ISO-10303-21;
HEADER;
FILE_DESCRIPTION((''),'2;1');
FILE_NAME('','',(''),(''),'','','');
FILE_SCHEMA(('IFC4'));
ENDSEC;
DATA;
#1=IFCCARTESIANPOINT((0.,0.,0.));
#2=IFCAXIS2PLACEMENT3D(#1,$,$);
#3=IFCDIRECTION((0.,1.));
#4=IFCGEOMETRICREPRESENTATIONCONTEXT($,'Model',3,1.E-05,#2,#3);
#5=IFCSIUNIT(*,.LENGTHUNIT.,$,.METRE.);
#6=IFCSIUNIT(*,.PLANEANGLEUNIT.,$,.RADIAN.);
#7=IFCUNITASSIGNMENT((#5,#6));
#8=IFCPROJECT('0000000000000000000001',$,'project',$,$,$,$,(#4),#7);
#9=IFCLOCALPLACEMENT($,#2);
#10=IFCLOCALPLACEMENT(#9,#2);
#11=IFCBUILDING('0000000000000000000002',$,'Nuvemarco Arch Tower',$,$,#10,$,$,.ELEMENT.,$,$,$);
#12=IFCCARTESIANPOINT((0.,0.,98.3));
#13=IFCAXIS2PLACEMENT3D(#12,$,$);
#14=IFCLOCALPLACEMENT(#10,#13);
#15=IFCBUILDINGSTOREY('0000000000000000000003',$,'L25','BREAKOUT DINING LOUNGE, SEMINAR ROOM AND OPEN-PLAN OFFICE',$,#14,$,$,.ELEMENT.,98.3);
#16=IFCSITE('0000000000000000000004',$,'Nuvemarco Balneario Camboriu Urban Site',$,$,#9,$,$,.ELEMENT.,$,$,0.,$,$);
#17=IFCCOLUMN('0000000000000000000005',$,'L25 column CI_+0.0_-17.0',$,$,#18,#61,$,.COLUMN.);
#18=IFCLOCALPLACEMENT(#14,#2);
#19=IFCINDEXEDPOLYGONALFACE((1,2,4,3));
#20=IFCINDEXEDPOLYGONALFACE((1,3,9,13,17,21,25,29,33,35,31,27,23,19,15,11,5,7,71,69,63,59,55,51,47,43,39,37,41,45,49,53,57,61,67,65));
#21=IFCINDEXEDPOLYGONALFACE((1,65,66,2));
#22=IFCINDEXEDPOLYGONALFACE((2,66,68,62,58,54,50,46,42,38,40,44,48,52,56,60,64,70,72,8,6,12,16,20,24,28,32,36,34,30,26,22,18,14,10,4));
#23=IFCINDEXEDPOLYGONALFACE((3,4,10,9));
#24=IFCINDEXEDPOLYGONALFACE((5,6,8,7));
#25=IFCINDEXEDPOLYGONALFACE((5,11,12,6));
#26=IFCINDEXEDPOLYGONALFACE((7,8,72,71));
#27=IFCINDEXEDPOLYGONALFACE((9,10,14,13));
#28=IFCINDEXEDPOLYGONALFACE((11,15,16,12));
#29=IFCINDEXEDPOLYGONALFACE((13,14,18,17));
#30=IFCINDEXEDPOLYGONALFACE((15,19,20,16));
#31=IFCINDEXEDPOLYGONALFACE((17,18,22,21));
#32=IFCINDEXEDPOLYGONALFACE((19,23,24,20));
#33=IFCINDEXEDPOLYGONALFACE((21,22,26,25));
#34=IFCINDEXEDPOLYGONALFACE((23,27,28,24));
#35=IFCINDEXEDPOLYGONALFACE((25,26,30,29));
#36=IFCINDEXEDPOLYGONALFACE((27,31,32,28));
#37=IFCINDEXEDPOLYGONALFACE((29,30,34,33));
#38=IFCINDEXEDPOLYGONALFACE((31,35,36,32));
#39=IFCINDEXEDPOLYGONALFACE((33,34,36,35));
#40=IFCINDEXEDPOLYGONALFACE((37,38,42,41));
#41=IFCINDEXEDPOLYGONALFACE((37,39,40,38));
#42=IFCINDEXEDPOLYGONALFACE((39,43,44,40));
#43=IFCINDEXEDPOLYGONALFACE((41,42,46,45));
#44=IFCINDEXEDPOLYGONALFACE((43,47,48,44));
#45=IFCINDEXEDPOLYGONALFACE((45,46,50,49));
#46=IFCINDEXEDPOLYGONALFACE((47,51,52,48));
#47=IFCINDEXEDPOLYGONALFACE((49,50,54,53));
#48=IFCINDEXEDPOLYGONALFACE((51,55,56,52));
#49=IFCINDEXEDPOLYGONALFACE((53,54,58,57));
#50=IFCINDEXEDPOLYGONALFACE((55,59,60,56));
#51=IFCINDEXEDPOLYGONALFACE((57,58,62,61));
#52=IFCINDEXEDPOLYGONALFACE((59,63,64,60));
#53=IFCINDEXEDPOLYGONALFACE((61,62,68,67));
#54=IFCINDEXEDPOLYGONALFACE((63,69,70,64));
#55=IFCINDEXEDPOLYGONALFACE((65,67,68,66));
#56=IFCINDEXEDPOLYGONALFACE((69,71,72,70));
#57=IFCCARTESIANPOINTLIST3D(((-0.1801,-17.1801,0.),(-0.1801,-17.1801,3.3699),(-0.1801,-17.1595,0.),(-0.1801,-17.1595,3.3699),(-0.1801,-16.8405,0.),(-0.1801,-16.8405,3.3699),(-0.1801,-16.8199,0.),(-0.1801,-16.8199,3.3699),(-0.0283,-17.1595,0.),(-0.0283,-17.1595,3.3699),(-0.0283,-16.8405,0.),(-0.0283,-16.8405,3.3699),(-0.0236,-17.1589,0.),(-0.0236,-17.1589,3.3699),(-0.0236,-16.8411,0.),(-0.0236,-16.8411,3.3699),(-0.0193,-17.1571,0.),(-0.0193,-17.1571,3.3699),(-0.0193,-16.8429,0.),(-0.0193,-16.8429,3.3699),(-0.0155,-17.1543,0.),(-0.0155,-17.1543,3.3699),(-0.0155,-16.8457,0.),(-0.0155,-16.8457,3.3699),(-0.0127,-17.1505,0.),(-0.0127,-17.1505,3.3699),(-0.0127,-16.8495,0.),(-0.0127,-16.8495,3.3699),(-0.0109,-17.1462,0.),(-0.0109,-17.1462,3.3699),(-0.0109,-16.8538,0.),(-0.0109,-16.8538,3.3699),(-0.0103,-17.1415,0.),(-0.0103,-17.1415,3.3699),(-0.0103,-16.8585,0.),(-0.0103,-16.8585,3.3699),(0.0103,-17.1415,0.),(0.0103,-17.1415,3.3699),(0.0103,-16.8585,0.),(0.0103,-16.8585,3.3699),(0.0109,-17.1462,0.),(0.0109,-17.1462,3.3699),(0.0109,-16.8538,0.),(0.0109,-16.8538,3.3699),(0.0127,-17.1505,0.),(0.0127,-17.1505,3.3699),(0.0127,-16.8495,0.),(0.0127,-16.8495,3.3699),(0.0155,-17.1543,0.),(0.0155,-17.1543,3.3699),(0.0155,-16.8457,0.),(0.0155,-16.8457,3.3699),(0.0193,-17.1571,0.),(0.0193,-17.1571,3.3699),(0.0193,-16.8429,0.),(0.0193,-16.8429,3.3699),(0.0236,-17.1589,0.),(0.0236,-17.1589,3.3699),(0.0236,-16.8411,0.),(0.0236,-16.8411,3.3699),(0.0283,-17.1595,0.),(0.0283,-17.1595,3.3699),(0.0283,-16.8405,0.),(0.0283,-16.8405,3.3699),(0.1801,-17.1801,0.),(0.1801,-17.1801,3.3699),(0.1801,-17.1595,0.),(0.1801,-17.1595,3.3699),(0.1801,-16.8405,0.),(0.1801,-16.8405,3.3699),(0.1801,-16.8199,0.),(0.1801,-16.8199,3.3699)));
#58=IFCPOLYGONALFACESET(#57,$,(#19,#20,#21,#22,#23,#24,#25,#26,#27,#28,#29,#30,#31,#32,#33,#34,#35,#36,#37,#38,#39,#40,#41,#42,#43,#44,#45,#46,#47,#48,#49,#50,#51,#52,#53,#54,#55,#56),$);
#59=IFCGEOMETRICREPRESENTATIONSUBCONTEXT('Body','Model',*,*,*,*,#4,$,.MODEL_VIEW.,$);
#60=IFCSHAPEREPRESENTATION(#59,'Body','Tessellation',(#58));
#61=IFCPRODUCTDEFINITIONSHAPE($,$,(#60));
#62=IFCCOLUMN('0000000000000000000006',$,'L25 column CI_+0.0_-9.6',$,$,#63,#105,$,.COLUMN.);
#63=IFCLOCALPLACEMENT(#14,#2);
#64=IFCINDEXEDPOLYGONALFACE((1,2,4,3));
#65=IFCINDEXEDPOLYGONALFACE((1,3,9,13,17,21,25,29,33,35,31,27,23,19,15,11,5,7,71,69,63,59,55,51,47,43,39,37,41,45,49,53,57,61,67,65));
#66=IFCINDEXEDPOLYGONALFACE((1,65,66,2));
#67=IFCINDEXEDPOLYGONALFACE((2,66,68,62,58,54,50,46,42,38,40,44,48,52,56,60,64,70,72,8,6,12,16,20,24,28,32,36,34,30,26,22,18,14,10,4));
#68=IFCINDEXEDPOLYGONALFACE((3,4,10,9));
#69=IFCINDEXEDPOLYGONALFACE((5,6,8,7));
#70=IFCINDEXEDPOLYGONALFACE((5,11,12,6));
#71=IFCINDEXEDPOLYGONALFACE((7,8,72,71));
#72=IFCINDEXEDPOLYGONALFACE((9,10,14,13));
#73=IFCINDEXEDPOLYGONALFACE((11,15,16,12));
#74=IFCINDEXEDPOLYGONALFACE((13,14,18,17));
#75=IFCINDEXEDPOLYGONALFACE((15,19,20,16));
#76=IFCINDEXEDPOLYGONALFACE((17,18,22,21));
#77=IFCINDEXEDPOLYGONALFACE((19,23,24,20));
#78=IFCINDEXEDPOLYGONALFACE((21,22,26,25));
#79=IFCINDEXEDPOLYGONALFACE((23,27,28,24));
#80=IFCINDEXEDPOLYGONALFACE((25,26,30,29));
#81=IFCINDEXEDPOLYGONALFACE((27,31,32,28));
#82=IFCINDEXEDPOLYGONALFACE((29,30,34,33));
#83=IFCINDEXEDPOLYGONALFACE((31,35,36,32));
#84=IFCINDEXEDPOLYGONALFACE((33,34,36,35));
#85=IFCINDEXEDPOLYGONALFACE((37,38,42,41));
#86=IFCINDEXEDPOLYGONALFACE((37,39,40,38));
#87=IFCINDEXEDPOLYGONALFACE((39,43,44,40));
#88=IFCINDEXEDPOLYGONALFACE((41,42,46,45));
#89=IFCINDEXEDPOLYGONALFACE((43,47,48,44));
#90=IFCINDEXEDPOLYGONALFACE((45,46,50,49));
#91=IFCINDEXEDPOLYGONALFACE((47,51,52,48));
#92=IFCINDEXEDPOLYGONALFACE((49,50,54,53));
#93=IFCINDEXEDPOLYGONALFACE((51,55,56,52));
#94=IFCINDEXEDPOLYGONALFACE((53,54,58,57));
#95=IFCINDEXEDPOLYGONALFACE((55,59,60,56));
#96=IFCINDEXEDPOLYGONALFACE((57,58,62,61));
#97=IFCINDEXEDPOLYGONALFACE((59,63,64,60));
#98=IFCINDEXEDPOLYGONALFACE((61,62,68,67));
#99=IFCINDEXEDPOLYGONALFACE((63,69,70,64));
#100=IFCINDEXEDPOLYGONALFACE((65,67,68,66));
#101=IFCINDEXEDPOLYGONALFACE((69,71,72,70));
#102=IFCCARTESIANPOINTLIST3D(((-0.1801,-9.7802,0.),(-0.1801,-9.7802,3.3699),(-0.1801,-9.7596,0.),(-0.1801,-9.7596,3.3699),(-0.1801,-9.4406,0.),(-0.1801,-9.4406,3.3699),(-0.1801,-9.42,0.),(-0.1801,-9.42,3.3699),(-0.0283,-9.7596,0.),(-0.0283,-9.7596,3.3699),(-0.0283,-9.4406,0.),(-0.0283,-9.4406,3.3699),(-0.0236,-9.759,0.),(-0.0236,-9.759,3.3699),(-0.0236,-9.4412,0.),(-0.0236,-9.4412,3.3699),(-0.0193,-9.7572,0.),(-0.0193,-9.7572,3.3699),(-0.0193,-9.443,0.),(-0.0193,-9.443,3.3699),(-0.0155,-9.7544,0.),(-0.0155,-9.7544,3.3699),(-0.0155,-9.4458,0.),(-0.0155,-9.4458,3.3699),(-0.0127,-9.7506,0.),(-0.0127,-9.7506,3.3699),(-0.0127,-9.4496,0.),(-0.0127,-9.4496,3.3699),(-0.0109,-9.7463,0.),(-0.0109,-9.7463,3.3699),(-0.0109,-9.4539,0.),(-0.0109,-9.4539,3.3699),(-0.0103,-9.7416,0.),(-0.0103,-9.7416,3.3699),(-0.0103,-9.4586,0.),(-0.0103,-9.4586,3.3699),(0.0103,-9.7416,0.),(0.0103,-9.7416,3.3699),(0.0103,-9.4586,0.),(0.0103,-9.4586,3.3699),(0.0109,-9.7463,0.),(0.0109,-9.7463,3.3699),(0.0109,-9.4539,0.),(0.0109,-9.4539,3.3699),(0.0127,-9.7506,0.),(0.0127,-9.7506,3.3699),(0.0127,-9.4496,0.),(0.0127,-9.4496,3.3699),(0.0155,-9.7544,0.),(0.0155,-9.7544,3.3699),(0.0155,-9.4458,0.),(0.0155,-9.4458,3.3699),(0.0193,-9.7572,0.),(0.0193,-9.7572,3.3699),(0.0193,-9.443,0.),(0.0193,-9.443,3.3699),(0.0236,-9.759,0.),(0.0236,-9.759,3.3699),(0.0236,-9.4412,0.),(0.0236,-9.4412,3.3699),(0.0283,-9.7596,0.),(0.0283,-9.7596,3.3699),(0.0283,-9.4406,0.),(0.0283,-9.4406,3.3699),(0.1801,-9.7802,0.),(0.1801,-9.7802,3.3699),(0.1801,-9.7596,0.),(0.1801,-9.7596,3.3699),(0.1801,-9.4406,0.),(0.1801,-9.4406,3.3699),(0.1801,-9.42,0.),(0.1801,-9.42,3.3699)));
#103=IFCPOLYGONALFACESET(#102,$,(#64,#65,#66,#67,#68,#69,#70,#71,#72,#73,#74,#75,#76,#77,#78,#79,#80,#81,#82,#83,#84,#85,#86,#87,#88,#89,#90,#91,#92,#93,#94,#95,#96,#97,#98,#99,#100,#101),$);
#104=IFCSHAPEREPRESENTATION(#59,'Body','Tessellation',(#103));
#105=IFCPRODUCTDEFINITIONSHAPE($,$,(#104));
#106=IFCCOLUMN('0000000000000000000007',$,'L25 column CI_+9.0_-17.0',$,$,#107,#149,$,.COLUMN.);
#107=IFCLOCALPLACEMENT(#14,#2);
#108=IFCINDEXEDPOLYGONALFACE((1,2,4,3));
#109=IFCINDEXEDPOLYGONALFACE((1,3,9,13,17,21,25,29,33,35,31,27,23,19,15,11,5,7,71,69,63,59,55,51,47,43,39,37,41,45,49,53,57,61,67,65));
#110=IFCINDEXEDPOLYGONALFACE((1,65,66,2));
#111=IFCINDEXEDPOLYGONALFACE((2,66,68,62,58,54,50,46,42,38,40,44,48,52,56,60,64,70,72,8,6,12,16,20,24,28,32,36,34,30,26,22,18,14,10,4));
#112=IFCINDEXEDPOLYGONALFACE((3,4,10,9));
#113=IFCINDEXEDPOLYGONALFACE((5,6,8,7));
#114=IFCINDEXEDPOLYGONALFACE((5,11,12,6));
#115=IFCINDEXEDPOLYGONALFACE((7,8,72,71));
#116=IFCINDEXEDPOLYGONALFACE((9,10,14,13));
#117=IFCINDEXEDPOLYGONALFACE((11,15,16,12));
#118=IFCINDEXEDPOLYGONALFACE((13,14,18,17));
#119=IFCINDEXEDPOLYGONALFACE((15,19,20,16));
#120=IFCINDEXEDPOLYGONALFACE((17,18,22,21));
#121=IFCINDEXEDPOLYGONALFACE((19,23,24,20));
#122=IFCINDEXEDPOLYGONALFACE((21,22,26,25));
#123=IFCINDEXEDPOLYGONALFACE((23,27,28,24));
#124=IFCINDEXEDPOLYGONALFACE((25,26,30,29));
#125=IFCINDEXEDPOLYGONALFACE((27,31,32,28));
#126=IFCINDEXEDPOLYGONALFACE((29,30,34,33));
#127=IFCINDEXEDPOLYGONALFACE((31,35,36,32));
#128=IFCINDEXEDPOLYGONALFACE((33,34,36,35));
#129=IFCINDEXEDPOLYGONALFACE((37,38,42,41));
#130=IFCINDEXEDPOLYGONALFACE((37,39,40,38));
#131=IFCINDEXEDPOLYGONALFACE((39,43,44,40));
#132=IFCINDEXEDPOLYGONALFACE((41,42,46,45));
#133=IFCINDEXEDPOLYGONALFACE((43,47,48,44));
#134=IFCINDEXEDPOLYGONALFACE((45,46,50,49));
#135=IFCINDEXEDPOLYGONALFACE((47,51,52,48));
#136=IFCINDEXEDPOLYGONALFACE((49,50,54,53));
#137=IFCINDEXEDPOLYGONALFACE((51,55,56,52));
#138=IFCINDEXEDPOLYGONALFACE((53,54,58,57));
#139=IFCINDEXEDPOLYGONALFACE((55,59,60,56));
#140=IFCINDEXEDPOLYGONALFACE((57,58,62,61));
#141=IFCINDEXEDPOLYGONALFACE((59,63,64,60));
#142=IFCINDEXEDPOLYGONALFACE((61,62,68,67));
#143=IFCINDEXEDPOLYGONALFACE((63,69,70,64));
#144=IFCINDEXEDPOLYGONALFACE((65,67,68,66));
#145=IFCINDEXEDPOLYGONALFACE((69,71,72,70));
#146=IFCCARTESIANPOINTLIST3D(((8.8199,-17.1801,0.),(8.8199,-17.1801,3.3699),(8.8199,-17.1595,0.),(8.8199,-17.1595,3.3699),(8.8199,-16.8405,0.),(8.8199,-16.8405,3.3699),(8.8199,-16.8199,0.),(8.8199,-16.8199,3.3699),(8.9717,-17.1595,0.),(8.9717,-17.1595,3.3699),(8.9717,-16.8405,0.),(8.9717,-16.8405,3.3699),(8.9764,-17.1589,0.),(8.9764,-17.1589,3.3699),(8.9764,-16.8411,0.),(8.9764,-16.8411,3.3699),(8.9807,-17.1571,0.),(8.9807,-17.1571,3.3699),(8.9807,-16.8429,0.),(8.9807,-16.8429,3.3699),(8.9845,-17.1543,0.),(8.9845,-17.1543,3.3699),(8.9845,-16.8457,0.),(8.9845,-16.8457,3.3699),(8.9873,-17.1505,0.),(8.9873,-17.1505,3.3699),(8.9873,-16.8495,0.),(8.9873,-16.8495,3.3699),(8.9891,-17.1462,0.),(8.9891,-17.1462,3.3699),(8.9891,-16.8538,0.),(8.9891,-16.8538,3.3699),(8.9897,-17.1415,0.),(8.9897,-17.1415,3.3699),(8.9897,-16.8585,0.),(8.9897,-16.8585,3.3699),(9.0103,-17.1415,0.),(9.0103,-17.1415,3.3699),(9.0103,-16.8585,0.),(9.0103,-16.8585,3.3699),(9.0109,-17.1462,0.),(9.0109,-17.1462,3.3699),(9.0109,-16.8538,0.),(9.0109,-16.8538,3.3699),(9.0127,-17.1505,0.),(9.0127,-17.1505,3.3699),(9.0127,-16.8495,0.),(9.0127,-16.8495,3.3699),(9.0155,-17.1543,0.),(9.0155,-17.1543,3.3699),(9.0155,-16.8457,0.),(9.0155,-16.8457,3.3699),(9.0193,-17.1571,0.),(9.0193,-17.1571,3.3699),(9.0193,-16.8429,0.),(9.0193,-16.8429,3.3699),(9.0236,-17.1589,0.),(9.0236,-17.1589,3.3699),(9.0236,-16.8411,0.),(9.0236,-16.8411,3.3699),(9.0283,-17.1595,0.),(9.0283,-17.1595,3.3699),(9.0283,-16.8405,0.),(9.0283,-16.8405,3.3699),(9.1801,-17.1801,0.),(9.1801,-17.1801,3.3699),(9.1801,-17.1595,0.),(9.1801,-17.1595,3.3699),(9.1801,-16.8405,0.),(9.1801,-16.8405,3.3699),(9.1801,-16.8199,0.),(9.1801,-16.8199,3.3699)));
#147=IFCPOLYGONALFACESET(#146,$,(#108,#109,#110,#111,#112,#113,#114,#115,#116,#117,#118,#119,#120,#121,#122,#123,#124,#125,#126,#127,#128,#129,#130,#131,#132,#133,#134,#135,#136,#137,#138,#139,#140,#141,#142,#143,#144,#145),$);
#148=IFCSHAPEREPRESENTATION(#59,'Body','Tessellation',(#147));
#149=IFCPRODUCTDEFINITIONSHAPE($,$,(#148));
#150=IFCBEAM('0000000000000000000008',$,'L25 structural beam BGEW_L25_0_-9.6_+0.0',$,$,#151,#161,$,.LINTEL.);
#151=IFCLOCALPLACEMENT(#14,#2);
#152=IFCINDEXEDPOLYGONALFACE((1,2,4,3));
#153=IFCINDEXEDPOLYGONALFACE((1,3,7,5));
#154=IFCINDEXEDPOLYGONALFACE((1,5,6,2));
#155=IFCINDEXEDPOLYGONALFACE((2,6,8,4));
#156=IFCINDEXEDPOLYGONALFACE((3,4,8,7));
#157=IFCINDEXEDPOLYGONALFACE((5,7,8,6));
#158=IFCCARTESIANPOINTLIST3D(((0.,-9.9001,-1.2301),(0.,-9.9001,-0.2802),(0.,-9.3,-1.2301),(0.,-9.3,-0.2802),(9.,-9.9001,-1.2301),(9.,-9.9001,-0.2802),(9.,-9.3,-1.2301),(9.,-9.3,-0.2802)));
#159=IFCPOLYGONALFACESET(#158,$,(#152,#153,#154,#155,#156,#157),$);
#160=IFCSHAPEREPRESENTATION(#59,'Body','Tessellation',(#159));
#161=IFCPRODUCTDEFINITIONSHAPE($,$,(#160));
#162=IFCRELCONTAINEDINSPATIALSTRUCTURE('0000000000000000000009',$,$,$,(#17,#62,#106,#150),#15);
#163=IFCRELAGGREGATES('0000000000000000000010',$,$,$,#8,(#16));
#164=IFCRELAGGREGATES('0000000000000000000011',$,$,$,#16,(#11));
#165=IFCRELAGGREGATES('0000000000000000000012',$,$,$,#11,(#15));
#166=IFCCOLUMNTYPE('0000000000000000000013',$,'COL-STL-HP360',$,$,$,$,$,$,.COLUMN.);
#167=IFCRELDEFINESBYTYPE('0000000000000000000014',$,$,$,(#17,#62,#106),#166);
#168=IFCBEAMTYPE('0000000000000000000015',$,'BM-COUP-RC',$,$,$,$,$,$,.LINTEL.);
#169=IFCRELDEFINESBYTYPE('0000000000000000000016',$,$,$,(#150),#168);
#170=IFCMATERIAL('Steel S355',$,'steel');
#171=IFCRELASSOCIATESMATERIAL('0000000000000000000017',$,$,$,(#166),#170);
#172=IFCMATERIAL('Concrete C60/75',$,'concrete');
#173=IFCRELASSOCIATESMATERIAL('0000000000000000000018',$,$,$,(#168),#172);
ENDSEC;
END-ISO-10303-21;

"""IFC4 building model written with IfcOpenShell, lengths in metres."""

from ifc_helpers import new_model, si_unit, direction, frame, origin, origin_2d, place, context, subcontext, project, spatial, rectangle, i_section, extrude, material, material_profile, profile_set, type_object, element, save


model = new_model("IFC4")

# Units and contexts
model_context = context("Model", 3, precision=1e-05, world=origin(), true_north=direction((0.0, 1.0)))
body_context = subcontext(model_context, "Body", "Model", "MODEL_VIEW")
ifc_project = project(units=[si_unit("LENGTHUNIT", "METRE"), si_unit("PLANEANGLEUNIT", "RADIAN")], contexts=[model_context])

# Site, building, storey
site_placement = place(None, origin())
site = spatial("IfcSite", under=ifc_project, at=site_placement, Name="Nuvemarco Balneario Camboriu Urban Site", CompositionType="ELEMENT", RefElevation=0.0)
building_placement = place(site_placement, origin())
building = spatial("IfcBuilding", under=site, at=building_placement, Name="Nuvemarco Arch Tower", CompositionType="ELEMENT")
storey_placement = place(building_placement, frame((0.0, 0.0, 98.3)))
storey = spatial("IfcBuildingStorey", under=building, at=storey_placement, Name="L25", Description="BREAKOUT DINING LOUNGE, SEMINAR ROOM AND OPEN-PLAN OFFICE", CompositionType="ELEMENT", Elevation=98.3)

# Columns
ifc_material_1 = material(Name="Concrete C60/75", Category="concrete")
ifc_material_2 = material(Name="Steel S355", Category="steel")
ifc_material_profile_1 = material_profile(ifc_material_2, i_section(OverallWidth=0.3601, OverallDepth=0.3601, WebThickness=0.0205, FlangeThickness=0.0205, FilletRadius=0.0181, at=origin_2d()), Name="HP360x174")
ifc_profile_set_1 = profile_set([ifc_material_profile_1], Name="Steel S355")
column_type_1 = type_object("IfcColumnType", Name="COL-STL-HP360", PredefinedType="COLUMN", material=ifc_profile_set_1)
for number, where, z_axis, x_axis, name in (
    (1, (0.0, -17.0, 0.0), (0.0, 0.0, 1.0), (1.0, 0.0, 0.0), "L25 column CI_+0.0_-17.0"),
    (2, (0.0, -9.6001, 0.0), (0.0, 0.0, 1.0), (1.0, 0.0, 0.0), "L25 column CI_+0.0_-9.6"),
    (3, (9.0, -17.0, 0.0), (0.0, 0.0, 1.0), (1.0, 0.0, 0.0), "L25 column CI_+9.0_-17.0"),
):
    element("IfcColumn", number, at=place(storey_placement, frame(where, z_axis=z_axis, x_axis=x_axis)), inside=storey, type_object=column_type_1, Name=name, PredefinedType="COLUMN", context=body_context, shape_type="SweptSolid", body=[
        extrude(i_section(OverallWidth=0.3601, OverallDepth=0.3601, WebThickness=0.0205, FlangeThickness=0.0205, FilletRadius=0.0181, at=origin_2d()), origin(), (0.0, 0.0, 1.0), 3.3699),
    ])

# Beam
ifc_material_profile_2 = material_profile(ifc_material_1, rectangle(XDim=0.6001, YDim=0.95, at=origin_2d()), Name="RC-BM-600x950")
ifc_profile_set_2 = profile_set([ifc_material_profile_2], Name="Concrete C60/75")
beam_type_1 = type_object("IfcBeamType", Name="BM-COUP-RC", PredefinedType="LINTEL", material=ifc_profile_set_2)
beam_1_placement = place(storey_placement, frame((0.0, -9.6001, -0.7551), z_axis=(1.0, 0.0, 0.0), x_axis=(0.0, 1.0, 0.0)))
element("IfcBeam", 4, at=beam_1_placement, inside=storey, type_object=beam_type_1, Name="L25 structural beam BGEW_L25_0_-9.6_+0.0", PredefinedType="LINTEL", context=body_context, shape_type="SweptSolid", body=[
    extrude(rectangle(XDim=0.6001, YDim=0.95, at=origin_2d()), origin(), (0.0, 0.0, 1.0), 9.0),
])

save(model, "model.ifc")
